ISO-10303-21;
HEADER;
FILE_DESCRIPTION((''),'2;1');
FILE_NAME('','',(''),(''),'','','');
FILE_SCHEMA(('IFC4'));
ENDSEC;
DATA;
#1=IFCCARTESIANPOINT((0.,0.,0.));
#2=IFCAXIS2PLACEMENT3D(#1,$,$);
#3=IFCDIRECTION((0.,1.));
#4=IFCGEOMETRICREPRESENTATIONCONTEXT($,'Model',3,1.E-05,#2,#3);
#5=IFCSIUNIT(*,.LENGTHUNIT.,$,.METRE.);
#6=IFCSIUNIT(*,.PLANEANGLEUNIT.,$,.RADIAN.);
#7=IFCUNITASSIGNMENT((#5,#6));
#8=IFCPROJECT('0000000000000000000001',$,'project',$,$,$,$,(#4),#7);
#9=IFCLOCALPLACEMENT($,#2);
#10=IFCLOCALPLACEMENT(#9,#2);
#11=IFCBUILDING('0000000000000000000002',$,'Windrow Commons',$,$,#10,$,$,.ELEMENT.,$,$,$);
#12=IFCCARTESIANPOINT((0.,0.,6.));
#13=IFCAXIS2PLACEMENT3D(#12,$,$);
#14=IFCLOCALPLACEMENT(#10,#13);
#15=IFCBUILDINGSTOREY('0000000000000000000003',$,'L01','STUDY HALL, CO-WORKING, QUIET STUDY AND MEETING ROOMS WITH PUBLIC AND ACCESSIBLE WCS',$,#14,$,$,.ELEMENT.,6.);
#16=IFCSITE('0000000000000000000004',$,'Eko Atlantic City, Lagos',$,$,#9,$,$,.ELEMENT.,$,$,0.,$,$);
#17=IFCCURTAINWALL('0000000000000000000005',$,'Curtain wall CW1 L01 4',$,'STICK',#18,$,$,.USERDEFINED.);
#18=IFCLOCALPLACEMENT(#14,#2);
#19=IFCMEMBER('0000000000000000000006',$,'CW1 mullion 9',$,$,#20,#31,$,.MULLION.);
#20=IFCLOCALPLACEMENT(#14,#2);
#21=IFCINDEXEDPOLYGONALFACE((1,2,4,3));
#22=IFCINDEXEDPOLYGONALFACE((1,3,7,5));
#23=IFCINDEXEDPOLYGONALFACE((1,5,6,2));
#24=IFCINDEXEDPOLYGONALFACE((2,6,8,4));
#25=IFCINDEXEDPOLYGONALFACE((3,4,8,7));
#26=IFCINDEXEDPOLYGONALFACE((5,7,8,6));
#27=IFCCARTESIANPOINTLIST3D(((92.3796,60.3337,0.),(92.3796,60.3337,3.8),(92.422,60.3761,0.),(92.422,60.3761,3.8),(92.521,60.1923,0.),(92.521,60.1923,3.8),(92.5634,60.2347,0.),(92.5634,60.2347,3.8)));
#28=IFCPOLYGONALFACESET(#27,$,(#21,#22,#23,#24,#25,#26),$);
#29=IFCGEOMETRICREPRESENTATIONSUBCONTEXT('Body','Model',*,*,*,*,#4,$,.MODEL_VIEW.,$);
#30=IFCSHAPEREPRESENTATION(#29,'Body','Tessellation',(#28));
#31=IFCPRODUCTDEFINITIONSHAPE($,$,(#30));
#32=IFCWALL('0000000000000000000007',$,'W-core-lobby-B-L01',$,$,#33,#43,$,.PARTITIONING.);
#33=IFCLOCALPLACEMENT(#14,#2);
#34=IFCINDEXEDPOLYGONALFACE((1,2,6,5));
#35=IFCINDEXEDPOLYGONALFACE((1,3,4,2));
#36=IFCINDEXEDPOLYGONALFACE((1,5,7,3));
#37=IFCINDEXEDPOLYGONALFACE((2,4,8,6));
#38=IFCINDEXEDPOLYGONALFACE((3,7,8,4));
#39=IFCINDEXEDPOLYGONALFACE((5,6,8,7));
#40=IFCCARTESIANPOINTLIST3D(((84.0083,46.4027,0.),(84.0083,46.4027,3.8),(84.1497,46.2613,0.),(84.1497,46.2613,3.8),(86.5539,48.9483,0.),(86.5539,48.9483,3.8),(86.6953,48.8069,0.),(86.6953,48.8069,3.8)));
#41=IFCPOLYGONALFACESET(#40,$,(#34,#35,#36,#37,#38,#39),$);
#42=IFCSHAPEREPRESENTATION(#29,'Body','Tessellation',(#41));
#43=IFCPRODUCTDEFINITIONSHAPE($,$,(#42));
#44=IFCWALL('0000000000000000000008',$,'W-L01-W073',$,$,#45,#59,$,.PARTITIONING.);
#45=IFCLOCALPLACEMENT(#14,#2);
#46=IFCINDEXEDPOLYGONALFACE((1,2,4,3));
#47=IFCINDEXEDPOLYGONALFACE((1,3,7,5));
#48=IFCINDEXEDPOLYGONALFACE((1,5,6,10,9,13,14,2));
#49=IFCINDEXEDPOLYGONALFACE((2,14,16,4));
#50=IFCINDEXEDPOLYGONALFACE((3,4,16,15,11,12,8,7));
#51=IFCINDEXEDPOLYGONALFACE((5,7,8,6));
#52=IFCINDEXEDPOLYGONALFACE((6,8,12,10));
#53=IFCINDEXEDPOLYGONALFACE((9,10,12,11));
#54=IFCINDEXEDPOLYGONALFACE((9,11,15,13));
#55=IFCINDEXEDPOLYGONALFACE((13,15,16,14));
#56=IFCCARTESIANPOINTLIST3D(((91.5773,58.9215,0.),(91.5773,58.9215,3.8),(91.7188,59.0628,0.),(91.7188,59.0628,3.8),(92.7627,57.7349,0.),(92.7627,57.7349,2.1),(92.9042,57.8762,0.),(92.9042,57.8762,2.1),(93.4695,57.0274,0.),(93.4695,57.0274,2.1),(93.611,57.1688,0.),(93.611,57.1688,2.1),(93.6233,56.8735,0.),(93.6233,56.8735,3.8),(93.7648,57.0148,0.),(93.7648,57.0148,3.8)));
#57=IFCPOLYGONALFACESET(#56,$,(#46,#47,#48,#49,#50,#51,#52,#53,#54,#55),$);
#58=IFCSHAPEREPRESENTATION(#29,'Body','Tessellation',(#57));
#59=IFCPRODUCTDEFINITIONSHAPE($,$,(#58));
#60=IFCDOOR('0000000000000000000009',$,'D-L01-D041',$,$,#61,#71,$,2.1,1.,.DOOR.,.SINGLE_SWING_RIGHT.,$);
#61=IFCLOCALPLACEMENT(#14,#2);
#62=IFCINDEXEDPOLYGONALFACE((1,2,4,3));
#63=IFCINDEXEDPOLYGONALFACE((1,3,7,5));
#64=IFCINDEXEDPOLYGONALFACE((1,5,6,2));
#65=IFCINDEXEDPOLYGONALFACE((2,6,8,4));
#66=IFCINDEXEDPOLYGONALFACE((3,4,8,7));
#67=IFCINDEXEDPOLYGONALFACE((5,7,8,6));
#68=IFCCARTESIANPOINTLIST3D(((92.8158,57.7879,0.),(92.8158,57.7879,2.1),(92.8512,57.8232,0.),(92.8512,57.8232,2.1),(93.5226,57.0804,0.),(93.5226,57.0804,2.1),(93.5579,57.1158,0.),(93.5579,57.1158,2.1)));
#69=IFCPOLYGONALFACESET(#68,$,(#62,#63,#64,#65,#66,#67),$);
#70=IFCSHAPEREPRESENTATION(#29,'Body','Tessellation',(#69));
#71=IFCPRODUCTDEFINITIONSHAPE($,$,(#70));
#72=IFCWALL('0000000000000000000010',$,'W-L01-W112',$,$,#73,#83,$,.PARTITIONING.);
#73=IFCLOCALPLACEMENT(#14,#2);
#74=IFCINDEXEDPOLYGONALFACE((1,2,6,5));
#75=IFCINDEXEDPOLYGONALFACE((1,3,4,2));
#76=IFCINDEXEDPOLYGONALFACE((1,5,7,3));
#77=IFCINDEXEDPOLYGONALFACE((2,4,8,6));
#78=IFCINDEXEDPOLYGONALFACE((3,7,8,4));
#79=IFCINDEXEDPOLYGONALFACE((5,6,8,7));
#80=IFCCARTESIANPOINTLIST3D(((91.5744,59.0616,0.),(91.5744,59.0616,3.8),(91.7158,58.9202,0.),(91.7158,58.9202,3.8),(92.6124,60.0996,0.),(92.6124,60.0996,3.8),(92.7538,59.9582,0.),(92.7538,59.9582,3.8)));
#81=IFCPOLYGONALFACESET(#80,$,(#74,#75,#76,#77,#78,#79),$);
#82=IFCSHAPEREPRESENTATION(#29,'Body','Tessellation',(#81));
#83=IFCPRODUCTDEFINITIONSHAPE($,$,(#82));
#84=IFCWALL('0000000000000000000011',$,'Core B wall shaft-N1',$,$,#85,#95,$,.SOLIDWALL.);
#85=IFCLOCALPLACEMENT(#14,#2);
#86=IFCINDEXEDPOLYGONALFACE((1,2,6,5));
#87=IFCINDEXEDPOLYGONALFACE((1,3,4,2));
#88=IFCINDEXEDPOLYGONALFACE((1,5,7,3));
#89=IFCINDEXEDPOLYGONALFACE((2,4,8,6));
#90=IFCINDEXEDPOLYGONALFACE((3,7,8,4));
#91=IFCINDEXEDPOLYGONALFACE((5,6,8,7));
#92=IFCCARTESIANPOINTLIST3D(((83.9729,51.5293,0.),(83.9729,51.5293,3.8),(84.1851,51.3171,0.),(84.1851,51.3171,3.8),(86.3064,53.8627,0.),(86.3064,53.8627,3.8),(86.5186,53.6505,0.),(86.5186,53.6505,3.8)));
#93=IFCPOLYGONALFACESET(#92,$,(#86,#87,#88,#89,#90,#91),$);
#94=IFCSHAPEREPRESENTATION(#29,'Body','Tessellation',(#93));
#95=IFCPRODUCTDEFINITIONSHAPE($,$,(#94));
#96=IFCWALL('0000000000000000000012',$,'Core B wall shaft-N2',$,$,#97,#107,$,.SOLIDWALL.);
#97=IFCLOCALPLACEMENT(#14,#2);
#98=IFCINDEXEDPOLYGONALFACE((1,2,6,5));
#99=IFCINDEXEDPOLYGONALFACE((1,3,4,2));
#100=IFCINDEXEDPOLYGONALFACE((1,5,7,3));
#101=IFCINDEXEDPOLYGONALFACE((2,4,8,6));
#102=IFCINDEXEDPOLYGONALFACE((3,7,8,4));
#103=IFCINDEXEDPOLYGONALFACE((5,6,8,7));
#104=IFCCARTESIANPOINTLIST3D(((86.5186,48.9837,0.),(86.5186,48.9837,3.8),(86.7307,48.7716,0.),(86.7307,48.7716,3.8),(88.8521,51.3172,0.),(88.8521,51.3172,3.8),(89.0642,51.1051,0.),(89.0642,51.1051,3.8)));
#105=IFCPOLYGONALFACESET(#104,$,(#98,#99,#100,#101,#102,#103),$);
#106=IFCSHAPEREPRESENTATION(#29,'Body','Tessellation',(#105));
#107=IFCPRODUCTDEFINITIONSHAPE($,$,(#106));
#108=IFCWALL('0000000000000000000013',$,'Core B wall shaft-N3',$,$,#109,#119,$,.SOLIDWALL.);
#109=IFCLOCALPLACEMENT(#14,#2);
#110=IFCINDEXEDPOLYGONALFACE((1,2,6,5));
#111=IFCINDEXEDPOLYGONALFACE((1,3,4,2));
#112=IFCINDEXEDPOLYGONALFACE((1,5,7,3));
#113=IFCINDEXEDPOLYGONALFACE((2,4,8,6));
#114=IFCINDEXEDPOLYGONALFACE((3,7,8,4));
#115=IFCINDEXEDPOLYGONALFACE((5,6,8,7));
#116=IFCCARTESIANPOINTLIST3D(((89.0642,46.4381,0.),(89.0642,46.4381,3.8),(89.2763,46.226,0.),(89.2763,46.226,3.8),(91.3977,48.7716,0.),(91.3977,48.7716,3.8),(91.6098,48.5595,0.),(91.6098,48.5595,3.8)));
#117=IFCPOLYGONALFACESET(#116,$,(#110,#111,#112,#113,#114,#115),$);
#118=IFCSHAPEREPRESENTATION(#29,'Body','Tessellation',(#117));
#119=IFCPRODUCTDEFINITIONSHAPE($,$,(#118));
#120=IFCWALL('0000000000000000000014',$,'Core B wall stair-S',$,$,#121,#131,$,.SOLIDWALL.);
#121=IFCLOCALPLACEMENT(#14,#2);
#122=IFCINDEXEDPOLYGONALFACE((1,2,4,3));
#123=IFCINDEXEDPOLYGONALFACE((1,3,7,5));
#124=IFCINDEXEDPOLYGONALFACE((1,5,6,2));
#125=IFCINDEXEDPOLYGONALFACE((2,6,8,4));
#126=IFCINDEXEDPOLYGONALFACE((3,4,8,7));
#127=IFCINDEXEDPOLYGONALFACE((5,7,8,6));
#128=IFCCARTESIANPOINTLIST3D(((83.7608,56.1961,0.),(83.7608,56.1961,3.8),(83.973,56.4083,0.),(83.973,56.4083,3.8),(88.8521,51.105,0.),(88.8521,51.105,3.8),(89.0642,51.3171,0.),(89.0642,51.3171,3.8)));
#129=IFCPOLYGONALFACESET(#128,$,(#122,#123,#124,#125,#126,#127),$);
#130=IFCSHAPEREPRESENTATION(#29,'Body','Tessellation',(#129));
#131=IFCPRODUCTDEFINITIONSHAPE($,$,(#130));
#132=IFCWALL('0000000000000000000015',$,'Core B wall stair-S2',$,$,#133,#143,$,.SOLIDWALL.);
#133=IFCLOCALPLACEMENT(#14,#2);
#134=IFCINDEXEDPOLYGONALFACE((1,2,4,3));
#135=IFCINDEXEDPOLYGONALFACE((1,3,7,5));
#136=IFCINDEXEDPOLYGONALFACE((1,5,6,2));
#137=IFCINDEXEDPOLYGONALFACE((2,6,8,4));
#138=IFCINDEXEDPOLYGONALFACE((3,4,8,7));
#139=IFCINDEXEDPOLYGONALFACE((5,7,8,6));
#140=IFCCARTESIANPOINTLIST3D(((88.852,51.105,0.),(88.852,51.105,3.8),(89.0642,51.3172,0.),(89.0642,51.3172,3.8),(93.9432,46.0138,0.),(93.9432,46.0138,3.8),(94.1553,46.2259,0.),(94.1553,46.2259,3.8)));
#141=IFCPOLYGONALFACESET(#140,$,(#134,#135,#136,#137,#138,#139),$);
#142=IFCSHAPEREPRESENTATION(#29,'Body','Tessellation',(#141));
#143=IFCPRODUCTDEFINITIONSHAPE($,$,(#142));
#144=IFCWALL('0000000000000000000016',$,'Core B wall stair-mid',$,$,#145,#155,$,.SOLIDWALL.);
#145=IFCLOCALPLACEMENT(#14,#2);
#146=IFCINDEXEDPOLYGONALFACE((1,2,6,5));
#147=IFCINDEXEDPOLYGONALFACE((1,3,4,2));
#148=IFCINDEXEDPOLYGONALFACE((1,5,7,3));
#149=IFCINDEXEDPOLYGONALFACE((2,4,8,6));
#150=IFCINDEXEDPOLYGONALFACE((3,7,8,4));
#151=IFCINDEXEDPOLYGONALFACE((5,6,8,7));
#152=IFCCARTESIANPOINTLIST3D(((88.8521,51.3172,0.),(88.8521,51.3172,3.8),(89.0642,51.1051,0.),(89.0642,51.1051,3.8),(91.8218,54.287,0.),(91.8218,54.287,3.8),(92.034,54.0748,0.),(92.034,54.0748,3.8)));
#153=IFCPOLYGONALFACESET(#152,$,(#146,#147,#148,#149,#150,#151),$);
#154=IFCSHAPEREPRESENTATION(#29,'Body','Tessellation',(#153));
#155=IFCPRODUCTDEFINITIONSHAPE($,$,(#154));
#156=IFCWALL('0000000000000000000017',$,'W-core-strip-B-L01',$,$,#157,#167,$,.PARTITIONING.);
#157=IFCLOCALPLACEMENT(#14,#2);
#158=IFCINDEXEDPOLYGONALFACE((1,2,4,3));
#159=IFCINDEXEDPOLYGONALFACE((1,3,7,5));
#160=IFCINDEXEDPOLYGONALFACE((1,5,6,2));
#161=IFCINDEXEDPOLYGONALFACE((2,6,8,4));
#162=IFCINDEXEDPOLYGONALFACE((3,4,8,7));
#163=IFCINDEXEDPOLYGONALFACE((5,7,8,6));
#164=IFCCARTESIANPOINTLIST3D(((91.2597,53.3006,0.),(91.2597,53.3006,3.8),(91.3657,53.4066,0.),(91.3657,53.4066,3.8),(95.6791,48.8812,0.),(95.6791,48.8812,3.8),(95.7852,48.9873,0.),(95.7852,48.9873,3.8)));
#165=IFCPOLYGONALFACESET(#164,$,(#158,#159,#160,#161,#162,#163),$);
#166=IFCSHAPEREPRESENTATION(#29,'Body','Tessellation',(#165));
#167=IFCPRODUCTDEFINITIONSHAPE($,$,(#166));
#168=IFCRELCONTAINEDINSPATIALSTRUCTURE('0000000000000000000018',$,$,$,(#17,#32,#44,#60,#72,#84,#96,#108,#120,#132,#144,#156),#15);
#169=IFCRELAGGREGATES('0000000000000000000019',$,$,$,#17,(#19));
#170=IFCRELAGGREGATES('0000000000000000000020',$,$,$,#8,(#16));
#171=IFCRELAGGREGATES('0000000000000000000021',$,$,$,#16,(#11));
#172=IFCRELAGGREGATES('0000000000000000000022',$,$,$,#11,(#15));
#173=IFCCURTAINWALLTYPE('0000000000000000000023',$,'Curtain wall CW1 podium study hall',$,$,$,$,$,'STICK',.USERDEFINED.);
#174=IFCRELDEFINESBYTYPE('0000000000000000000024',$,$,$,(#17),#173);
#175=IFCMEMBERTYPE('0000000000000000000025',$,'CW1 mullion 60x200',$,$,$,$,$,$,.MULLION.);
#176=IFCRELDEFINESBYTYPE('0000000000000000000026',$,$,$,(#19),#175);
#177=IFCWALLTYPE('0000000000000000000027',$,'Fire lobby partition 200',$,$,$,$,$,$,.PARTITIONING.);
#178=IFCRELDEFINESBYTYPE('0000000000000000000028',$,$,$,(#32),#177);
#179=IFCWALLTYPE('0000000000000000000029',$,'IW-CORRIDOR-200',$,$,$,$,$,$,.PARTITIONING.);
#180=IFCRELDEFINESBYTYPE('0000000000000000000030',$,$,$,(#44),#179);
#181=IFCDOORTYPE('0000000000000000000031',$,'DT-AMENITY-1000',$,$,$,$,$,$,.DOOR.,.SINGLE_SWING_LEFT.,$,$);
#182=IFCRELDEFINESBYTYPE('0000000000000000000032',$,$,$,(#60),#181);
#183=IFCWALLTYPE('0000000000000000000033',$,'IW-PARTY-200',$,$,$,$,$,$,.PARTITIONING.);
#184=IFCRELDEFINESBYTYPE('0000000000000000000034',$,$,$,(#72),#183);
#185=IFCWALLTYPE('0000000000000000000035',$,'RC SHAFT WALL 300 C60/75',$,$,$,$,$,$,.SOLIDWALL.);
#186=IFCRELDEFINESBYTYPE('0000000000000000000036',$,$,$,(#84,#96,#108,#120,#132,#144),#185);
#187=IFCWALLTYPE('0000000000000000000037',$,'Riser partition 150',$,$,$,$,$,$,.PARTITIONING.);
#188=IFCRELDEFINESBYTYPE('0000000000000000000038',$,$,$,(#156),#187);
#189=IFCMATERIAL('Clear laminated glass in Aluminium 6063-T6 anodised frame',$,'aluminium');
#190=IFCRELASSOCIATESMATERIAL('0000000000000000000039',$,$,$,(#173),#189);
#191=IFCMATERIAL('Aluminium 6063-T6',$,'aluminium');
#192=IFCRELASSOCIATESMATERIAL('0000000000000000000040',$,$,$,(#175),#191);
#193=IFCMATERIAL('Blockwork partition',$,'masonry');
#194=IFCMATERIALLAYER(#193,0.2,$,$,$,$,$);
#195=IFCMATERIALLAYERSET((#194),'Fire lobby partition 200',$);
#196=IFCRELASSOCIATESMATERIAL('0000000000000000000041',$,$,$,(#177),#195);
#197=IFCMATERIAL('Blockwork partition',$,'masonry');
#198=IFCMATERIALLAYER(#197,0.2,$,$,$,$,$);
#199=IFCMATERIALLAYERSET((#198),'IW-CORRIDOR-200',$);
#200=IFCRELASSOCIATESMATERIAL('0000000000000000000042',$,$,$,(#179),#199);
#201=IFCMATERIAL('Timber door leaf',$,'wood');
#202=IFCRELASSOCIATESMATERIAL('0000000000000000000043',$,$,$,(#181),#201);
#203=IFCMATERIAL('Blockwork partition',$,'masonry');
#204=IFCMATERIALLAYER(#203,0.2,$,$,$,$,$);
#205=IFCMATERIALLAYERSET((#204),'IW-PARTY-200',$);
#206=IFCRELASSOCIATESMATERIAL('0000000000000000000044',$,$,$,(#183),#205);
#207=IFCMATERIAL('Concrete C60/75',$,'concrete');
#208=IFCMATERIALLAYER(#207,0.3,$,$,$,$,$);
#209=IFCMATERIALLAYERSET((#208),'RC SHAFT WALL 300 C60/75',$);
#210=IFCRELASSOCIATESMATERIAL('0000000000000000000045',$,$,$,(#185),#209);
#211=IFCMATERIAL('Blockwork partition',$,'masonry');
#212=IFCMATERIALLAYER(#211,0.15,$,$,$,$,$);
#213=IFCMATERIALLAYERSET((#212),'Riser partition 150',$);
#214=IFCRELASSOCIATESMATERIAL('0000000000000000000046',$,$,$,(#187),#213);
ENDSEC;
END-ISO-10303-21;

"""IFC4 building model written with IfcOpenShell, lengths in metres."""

from ifc_helpers import new_model, si_unit, direction, frame, frame_2d, origin, origin_2d, place, context, subcontext, project, spatial, rectangle, extrude, material, layer, layer_set, material_profile, profile_set, type_object, element, fill, aggregate, save


model = new_model("IFC4")

# Units and contexts
model_context = context("Model", 3, precision=1e-05, world=origin(), true_north=direction((0.0, 1.0)))
body_context = subcontext(model_context, "Body", "Model", "MODEL_VIEW")
ifc_project = project(units=[si_unit("LENGTHUNIT", "METRE"), si_unit("PLANEANGLEUNIT", "RADIAN")], contexts=[model_context])

# Site, building, storey
site_placement = place(None, origin())
site = spatial("IfcSite", under=ifc_project, at=site_placement, Name="Eko Atlantic City, Lagos", CompositionType="ELEMENT", RefElevation=0.0)
building_placement = place(site_placement, origin())
building = spatial("IfcBuilding", under=site, at=building_placement, Name="Windrow Commons", CompositionType="ELEMENT")
storey_placement = place(building_placement, frame((0.0, 0.0, 6.0)))
storey = spatial("IfcBuildingStorey", under=building, at=storey_placement, Name="L01", Description="STUDY HALL, CO-WORKING, QUIET STUDY AND MEETING ROOMS WITH PUBLIC AND ACCESSIBLE WCS", CompositionType="ELEMENT", Elevation=6.0)

# Curtain wall, member
ifc_material_1 = material(Name="Clear laminated glass in Aluminium 6063-T6 anodised frame", Category="aluminium")
curtain_wall_type = type_object("IfcCurtainWallType", Name="Curtain wall CW1 podium study hall", ElementType="STICK", PredefinedType="USERDEFINED", material=ifc_material_1)
placement = place(storey_placement, origin())
curtain_wall = element("IfcCurtainWall", 1, at=placement, inside=storey, type_object=curtain_wall_type, Name="Curtain wall CW1 L01 4", ObjectType="STICK", PredefinedType="USERDEFINED")
ifc_material_2 = material(Name="Aluminium 6063-T6", Category="aluminium")
ifc_material_profile = material_profile(ifc_material_2, rectangle(XDim=0.06, YDim=0.2, at=origin_2d()))
ifc_profile_set = profile_set([ifc_material_profile], Name="Aluminium 6063-T6")
member_type = type_object("IfcMemberType", Name="CW1 mullion 60x200", PredefinedType="MULLION", material=ifc_profile_set)
member_placement = place(storey_placement, frame((92.4715, 60.2842, 0.0), z_axis=(0.0, 0.0, 1.0), x_axis=(-0.707107, -0.707107, 0.0)))
member = element("IfcMember", 2, at=member_placement, type_object=member_type, Name="CW1 mullion 9", PredefinedType="MULLION", context=body_context, shape_type="SweptSolid", body=[
    extrude(rectangle(XDim=0.06, YDim=0.2, at=origin_2d()), origin(), (0.0, 0.0, 1.0), 3.8),
])
aggregate(curtain_wall, [member])

# Wall
ifc_material_3 = material(Name="Blockwork partition", Category="masonry")
ifc_layer_1 = layer(ifc_material_3, 0.2)
ifc_layer_set_1 = layer_set([ifc_layer_1], Name="Fire lobby partition 200")
wall_type_1 = type_object("IfcWallType", Name="Fire lobby partition 200", PredefinedType="PARTITIONING", material=ifc_layer_set_1)
wall_1_placement = place(storey_placement, frame((84.079, 46.332, 0.0), z_axis=(0.0, 0.0, 1.0), x_axis=(0.707107, 0.707107, 0.0)))
element("IfcWall", 3, at=wall_1_placement, inside=storey, type_object=wall_type_1, Name="W-core-lobby-B-L01", PredefinedType="PARTITIONING", context=body_context, shape_type="SweptSolid", body=[
    extrude(rectangle(XDim=3.6, YDim=0.2, at=frame_2d((1.8, 0.0))), origin(), (0.0, 0.0, 1.0), 3.8),
])

# Wall, opening, door
ifc_material_4 = material(Name="Blockwork partition", Category="masonry")
ifc_layer_2 = layer(ifc_material_4, 0.2)
ifc_layer_set_2 = layer_set([ifc_layer_2], Name="IW-CORRIDOR-200")
wall_type_2 = type_object("IfcWallType", Name="IW-CORRIDOR-200", PredefinedType="PARTITIONING", material=ifc_layer_set_2)
wall_2_placement = place(storey_placement, frame((91.6481, 58.9921, 0.0), z_axis=(0.0, 0.0, 1.0), x_axis=(0.706761, -0.707452, 0.0)))
wall_2 = element("IfcWall", 4, at=wall_2_placement, inside=storey, type_object=wall_type_2, Name="W-L01-W073", PredefinedType="PARTITIONING", context=body_context, shape_type="SweptSolid", body=[
    extrude(rectangle(XDim=2.8949, YDim=0.2, at=frame_2d((1.4474, 0.0))), origin(), (0.0, 0.0, 1.0), 3.8),
])
opening_placement = place(wall_2_placement, frame((1.6772, 0.0, 0.0)))
opening = element("IfcOpeningElement", 5, at=opening_placement, cuts=wall_2, PredefinedType="OPENING", context=body_context, shape_type="SweptSolid", body=[
    extrude(rectangle(XDim=1.0, YDim=2.1, at=frame_2d((0.5, 1.05))), frame((0.0, 0.11, 0.0), z_axis=(0.0, -1.0, 0.0), x_axis=(1.0, 0.0, 0.0)), (0.0, 0.0, 1.0), 0.22),
])
ifc_material_5 = material(Name="Timber door leaf", Category="wood")
door_type = type_object("IfcDoorType", Name="DT-AMENITY-1000", OperationType="SINGLE_SWING_LEFT", PredefinedType="DOOR", material=ifc_material_5)
door_placement = place(opening_placement, origin())
door = element("IfcDoor", 6, at=door_placement, inside=storey, type_object=door_type, Name="D-L01-D041", OperationType="SINGLE_SWING_RIGHT", OverallHeight=2.1, OverallWidth=1.0, PredefinedType="DOOR", context=body_context, shape_type="SweptSolid", body=[
    extrude(rectangle(XDim=1.0, YDim=2.1, at=frame_2d((0.5, 1.05))), frame((0.0, 0.025, 0.0), z_axis=(0.0, -1.0, 0.0), x_axis=(1.0, 0.0, 0.0)), (0.0, 0.0, 1.0), 0.05),
])
fill(opening, door)

# Walls
ifc_material_6 = material(Name="Blockwork partition", Category="masonry")
ifc_layer_3 = layer(ifc_material_6, 0.2)
ifc_layer_set_3 = layer_set([ifc_layer_3], Name="IW-PARTY-200")
wall_type_3 = type_object("IfcWallType", Name="IW-PARTY-200", PredefinedType="PARTITIONING", material=ifc_layer_set_3)
wall_3_placement = place(storey_placement, frame((91.6451, 58.9909, 0.0), z_axis=(0.0, 0.0, 1.0), x_axis=(0.707107, 0.707107, 0.0)))
element("IfcWall", 7, at=wall_3_placement, inside=storey, type_object=wall_type_3, Name="W-L01-W112", PredefinedType="PARTITIONING", context=body_context, shape_type="SweptSolid", body=[
    extrude(rectangle(XDim=1.468, YDim=0.2, at=frame_2d((0.734, 0.0))), origin(), (0.0, 0.0, 1.0), 3.8),
])
ifc_material_7 = material(Name="Concrete C60/75", Category="concrete")
ifc_layer_4 = layer(ifc_material_7, 0.3)
ifc_layer_set_4 = layer_set([ifc_layer_4], Name="RC SHAFT WALL 300 C60/75")
wall_type_4 = type_object("IfcWallType", Name="RC SHAFT WALL 300 C60/75", PredefinedType="SOLIDWALL", material=ifc_layer_set_4)
wall_4_placement = place(storey_placement, frame((84.079, 51.4232, 0.0), z_axis=(0.0, 0.0, 1.0), x_axis=(0.707122, 0.707092, 0.0)))
element("IfcWall", 8, at=wall_4_placement, inside=storey, type_object=wall_type_4, Name="Core B wall shaft-N1", PredefinedType="SOLIDWALL", context=body_context, shape_type="SweptSolid", body=[
    extrude(rectangle(XDim=3.3, YDim=0.3, at=frame_2d((1.65, 0.0))), origin(), (0.0, 0.0, 1.0), 3.8),
])
for number, where, z_axis, x_axis, name in (
    (9, (86.6246, 48.8776, 0.0), (0.0, 0.0, 1.0), (0.707107, 0.707107, 0.0), "Core B wall shaft-N2"),
    (10, (89.1702, 46.332, 0.0), (0.0, 0.0, 1.0), (0.707107, 0.707107, 0.0), "Core B wall shaft-N3"),
):
    element("IfcWall", number, at=place(storey_placement, frame(where, z_axis=z_axis, x_axis=x_axis)), inside=storey, type_object=wall_type_4, Name=name, PredefinedType="SOLIDWALL", context=body_context, shape_type="SweptSolid", body=[
        extrude(rectangle(XDim=3.3001, YDim=0.3, at=frame_2d((1.6501, 0.0))), origin(), (0.0, 0.0, 1.0), 3.8),
    ])
for number, where, z_axis, x_axis, name in (
    (11, (83.8669, 56.3022, 0.0), (0.0, 0.0, 1.0), (0.707114, -0.7071, 0.0), "Core B wall stair-S"),
    (12, (88.9581, 51.2111, 0.0), (0.0, 0.0, 1.0), (0.7071, -0.707114, 0.0), "Core B wall stair-S2"),
):
    element("IfcWall", number, at=place(storey_placement, frame(where, z_axis=z_axis, x_axis=x_axis)), inside=storey, type_object=wall_type_4, Name=name, PredefinedType="SOLIDWALL", context=body_context, shape_type="SweptSolid", body=[
        extrude(rectangle(XDim=7.2, YDim=0.3, at=frame_2d((3.6, 0.0))), origin(), (0.0, 0.0, 1.0), 3.8),
    ])
wall_5_placement = place(storey_placement, frame((88.9581, 51.2111, 0.0), z_axis=(0.0, 0.0, 1.0), x_axis=(0.707107, 0.707107, 0.0)))
element("IfcWall", 13, at=wall_5_placement, inside=storey, type_object=wall_type_4, Name="Core B wall stair-mid", PredefinedType="SOLIDWALL", context=body_context, shape_type="SweptSolid", body=[
    extrude(rectangle(XDim=4.1999, YDim=0.3, at=frame_2d((2.1, 0.0))), origin(), (0.0, 0.0, 1.0), 3.8),
])
ifc_material_8 = material(Name="Blockwork partition", Category="masonry")
ifc_layer_5 = layer(ifc_material_8, 0.15)
ifc_layer_set_5 = layer_set([ifc_layer_5], Name="Riser partition 150")
wall_type_5 = type_object("IfcWallType", Name="Riser partition 150", PredefinedType="PARTITIONING", material=ifc_layer_set_5)
wall_6_placement = place(storey_placement, frame((91.3127, 53.3536, 0.0), z_axis=(0.0, 0.0, 1.0), x_axis=(0.707115, -0.707099, 0.0)))
element("IfcWall", 14, at=wall_6_placement, inside=storey, type_object=wall_type_5, Name="W-core-strip-B-L01", PredefinedType="PARTITIONING", context=body_context, shape_type="SweptSolid", body=[
    extrude(rectangle(XDim=6.25, YDim=0.15, at=frame_2d((3.125, 0.0))), origin(), (0.0, 0.0, 1.0), 3.8),
])

save(model, "model.ifc")
